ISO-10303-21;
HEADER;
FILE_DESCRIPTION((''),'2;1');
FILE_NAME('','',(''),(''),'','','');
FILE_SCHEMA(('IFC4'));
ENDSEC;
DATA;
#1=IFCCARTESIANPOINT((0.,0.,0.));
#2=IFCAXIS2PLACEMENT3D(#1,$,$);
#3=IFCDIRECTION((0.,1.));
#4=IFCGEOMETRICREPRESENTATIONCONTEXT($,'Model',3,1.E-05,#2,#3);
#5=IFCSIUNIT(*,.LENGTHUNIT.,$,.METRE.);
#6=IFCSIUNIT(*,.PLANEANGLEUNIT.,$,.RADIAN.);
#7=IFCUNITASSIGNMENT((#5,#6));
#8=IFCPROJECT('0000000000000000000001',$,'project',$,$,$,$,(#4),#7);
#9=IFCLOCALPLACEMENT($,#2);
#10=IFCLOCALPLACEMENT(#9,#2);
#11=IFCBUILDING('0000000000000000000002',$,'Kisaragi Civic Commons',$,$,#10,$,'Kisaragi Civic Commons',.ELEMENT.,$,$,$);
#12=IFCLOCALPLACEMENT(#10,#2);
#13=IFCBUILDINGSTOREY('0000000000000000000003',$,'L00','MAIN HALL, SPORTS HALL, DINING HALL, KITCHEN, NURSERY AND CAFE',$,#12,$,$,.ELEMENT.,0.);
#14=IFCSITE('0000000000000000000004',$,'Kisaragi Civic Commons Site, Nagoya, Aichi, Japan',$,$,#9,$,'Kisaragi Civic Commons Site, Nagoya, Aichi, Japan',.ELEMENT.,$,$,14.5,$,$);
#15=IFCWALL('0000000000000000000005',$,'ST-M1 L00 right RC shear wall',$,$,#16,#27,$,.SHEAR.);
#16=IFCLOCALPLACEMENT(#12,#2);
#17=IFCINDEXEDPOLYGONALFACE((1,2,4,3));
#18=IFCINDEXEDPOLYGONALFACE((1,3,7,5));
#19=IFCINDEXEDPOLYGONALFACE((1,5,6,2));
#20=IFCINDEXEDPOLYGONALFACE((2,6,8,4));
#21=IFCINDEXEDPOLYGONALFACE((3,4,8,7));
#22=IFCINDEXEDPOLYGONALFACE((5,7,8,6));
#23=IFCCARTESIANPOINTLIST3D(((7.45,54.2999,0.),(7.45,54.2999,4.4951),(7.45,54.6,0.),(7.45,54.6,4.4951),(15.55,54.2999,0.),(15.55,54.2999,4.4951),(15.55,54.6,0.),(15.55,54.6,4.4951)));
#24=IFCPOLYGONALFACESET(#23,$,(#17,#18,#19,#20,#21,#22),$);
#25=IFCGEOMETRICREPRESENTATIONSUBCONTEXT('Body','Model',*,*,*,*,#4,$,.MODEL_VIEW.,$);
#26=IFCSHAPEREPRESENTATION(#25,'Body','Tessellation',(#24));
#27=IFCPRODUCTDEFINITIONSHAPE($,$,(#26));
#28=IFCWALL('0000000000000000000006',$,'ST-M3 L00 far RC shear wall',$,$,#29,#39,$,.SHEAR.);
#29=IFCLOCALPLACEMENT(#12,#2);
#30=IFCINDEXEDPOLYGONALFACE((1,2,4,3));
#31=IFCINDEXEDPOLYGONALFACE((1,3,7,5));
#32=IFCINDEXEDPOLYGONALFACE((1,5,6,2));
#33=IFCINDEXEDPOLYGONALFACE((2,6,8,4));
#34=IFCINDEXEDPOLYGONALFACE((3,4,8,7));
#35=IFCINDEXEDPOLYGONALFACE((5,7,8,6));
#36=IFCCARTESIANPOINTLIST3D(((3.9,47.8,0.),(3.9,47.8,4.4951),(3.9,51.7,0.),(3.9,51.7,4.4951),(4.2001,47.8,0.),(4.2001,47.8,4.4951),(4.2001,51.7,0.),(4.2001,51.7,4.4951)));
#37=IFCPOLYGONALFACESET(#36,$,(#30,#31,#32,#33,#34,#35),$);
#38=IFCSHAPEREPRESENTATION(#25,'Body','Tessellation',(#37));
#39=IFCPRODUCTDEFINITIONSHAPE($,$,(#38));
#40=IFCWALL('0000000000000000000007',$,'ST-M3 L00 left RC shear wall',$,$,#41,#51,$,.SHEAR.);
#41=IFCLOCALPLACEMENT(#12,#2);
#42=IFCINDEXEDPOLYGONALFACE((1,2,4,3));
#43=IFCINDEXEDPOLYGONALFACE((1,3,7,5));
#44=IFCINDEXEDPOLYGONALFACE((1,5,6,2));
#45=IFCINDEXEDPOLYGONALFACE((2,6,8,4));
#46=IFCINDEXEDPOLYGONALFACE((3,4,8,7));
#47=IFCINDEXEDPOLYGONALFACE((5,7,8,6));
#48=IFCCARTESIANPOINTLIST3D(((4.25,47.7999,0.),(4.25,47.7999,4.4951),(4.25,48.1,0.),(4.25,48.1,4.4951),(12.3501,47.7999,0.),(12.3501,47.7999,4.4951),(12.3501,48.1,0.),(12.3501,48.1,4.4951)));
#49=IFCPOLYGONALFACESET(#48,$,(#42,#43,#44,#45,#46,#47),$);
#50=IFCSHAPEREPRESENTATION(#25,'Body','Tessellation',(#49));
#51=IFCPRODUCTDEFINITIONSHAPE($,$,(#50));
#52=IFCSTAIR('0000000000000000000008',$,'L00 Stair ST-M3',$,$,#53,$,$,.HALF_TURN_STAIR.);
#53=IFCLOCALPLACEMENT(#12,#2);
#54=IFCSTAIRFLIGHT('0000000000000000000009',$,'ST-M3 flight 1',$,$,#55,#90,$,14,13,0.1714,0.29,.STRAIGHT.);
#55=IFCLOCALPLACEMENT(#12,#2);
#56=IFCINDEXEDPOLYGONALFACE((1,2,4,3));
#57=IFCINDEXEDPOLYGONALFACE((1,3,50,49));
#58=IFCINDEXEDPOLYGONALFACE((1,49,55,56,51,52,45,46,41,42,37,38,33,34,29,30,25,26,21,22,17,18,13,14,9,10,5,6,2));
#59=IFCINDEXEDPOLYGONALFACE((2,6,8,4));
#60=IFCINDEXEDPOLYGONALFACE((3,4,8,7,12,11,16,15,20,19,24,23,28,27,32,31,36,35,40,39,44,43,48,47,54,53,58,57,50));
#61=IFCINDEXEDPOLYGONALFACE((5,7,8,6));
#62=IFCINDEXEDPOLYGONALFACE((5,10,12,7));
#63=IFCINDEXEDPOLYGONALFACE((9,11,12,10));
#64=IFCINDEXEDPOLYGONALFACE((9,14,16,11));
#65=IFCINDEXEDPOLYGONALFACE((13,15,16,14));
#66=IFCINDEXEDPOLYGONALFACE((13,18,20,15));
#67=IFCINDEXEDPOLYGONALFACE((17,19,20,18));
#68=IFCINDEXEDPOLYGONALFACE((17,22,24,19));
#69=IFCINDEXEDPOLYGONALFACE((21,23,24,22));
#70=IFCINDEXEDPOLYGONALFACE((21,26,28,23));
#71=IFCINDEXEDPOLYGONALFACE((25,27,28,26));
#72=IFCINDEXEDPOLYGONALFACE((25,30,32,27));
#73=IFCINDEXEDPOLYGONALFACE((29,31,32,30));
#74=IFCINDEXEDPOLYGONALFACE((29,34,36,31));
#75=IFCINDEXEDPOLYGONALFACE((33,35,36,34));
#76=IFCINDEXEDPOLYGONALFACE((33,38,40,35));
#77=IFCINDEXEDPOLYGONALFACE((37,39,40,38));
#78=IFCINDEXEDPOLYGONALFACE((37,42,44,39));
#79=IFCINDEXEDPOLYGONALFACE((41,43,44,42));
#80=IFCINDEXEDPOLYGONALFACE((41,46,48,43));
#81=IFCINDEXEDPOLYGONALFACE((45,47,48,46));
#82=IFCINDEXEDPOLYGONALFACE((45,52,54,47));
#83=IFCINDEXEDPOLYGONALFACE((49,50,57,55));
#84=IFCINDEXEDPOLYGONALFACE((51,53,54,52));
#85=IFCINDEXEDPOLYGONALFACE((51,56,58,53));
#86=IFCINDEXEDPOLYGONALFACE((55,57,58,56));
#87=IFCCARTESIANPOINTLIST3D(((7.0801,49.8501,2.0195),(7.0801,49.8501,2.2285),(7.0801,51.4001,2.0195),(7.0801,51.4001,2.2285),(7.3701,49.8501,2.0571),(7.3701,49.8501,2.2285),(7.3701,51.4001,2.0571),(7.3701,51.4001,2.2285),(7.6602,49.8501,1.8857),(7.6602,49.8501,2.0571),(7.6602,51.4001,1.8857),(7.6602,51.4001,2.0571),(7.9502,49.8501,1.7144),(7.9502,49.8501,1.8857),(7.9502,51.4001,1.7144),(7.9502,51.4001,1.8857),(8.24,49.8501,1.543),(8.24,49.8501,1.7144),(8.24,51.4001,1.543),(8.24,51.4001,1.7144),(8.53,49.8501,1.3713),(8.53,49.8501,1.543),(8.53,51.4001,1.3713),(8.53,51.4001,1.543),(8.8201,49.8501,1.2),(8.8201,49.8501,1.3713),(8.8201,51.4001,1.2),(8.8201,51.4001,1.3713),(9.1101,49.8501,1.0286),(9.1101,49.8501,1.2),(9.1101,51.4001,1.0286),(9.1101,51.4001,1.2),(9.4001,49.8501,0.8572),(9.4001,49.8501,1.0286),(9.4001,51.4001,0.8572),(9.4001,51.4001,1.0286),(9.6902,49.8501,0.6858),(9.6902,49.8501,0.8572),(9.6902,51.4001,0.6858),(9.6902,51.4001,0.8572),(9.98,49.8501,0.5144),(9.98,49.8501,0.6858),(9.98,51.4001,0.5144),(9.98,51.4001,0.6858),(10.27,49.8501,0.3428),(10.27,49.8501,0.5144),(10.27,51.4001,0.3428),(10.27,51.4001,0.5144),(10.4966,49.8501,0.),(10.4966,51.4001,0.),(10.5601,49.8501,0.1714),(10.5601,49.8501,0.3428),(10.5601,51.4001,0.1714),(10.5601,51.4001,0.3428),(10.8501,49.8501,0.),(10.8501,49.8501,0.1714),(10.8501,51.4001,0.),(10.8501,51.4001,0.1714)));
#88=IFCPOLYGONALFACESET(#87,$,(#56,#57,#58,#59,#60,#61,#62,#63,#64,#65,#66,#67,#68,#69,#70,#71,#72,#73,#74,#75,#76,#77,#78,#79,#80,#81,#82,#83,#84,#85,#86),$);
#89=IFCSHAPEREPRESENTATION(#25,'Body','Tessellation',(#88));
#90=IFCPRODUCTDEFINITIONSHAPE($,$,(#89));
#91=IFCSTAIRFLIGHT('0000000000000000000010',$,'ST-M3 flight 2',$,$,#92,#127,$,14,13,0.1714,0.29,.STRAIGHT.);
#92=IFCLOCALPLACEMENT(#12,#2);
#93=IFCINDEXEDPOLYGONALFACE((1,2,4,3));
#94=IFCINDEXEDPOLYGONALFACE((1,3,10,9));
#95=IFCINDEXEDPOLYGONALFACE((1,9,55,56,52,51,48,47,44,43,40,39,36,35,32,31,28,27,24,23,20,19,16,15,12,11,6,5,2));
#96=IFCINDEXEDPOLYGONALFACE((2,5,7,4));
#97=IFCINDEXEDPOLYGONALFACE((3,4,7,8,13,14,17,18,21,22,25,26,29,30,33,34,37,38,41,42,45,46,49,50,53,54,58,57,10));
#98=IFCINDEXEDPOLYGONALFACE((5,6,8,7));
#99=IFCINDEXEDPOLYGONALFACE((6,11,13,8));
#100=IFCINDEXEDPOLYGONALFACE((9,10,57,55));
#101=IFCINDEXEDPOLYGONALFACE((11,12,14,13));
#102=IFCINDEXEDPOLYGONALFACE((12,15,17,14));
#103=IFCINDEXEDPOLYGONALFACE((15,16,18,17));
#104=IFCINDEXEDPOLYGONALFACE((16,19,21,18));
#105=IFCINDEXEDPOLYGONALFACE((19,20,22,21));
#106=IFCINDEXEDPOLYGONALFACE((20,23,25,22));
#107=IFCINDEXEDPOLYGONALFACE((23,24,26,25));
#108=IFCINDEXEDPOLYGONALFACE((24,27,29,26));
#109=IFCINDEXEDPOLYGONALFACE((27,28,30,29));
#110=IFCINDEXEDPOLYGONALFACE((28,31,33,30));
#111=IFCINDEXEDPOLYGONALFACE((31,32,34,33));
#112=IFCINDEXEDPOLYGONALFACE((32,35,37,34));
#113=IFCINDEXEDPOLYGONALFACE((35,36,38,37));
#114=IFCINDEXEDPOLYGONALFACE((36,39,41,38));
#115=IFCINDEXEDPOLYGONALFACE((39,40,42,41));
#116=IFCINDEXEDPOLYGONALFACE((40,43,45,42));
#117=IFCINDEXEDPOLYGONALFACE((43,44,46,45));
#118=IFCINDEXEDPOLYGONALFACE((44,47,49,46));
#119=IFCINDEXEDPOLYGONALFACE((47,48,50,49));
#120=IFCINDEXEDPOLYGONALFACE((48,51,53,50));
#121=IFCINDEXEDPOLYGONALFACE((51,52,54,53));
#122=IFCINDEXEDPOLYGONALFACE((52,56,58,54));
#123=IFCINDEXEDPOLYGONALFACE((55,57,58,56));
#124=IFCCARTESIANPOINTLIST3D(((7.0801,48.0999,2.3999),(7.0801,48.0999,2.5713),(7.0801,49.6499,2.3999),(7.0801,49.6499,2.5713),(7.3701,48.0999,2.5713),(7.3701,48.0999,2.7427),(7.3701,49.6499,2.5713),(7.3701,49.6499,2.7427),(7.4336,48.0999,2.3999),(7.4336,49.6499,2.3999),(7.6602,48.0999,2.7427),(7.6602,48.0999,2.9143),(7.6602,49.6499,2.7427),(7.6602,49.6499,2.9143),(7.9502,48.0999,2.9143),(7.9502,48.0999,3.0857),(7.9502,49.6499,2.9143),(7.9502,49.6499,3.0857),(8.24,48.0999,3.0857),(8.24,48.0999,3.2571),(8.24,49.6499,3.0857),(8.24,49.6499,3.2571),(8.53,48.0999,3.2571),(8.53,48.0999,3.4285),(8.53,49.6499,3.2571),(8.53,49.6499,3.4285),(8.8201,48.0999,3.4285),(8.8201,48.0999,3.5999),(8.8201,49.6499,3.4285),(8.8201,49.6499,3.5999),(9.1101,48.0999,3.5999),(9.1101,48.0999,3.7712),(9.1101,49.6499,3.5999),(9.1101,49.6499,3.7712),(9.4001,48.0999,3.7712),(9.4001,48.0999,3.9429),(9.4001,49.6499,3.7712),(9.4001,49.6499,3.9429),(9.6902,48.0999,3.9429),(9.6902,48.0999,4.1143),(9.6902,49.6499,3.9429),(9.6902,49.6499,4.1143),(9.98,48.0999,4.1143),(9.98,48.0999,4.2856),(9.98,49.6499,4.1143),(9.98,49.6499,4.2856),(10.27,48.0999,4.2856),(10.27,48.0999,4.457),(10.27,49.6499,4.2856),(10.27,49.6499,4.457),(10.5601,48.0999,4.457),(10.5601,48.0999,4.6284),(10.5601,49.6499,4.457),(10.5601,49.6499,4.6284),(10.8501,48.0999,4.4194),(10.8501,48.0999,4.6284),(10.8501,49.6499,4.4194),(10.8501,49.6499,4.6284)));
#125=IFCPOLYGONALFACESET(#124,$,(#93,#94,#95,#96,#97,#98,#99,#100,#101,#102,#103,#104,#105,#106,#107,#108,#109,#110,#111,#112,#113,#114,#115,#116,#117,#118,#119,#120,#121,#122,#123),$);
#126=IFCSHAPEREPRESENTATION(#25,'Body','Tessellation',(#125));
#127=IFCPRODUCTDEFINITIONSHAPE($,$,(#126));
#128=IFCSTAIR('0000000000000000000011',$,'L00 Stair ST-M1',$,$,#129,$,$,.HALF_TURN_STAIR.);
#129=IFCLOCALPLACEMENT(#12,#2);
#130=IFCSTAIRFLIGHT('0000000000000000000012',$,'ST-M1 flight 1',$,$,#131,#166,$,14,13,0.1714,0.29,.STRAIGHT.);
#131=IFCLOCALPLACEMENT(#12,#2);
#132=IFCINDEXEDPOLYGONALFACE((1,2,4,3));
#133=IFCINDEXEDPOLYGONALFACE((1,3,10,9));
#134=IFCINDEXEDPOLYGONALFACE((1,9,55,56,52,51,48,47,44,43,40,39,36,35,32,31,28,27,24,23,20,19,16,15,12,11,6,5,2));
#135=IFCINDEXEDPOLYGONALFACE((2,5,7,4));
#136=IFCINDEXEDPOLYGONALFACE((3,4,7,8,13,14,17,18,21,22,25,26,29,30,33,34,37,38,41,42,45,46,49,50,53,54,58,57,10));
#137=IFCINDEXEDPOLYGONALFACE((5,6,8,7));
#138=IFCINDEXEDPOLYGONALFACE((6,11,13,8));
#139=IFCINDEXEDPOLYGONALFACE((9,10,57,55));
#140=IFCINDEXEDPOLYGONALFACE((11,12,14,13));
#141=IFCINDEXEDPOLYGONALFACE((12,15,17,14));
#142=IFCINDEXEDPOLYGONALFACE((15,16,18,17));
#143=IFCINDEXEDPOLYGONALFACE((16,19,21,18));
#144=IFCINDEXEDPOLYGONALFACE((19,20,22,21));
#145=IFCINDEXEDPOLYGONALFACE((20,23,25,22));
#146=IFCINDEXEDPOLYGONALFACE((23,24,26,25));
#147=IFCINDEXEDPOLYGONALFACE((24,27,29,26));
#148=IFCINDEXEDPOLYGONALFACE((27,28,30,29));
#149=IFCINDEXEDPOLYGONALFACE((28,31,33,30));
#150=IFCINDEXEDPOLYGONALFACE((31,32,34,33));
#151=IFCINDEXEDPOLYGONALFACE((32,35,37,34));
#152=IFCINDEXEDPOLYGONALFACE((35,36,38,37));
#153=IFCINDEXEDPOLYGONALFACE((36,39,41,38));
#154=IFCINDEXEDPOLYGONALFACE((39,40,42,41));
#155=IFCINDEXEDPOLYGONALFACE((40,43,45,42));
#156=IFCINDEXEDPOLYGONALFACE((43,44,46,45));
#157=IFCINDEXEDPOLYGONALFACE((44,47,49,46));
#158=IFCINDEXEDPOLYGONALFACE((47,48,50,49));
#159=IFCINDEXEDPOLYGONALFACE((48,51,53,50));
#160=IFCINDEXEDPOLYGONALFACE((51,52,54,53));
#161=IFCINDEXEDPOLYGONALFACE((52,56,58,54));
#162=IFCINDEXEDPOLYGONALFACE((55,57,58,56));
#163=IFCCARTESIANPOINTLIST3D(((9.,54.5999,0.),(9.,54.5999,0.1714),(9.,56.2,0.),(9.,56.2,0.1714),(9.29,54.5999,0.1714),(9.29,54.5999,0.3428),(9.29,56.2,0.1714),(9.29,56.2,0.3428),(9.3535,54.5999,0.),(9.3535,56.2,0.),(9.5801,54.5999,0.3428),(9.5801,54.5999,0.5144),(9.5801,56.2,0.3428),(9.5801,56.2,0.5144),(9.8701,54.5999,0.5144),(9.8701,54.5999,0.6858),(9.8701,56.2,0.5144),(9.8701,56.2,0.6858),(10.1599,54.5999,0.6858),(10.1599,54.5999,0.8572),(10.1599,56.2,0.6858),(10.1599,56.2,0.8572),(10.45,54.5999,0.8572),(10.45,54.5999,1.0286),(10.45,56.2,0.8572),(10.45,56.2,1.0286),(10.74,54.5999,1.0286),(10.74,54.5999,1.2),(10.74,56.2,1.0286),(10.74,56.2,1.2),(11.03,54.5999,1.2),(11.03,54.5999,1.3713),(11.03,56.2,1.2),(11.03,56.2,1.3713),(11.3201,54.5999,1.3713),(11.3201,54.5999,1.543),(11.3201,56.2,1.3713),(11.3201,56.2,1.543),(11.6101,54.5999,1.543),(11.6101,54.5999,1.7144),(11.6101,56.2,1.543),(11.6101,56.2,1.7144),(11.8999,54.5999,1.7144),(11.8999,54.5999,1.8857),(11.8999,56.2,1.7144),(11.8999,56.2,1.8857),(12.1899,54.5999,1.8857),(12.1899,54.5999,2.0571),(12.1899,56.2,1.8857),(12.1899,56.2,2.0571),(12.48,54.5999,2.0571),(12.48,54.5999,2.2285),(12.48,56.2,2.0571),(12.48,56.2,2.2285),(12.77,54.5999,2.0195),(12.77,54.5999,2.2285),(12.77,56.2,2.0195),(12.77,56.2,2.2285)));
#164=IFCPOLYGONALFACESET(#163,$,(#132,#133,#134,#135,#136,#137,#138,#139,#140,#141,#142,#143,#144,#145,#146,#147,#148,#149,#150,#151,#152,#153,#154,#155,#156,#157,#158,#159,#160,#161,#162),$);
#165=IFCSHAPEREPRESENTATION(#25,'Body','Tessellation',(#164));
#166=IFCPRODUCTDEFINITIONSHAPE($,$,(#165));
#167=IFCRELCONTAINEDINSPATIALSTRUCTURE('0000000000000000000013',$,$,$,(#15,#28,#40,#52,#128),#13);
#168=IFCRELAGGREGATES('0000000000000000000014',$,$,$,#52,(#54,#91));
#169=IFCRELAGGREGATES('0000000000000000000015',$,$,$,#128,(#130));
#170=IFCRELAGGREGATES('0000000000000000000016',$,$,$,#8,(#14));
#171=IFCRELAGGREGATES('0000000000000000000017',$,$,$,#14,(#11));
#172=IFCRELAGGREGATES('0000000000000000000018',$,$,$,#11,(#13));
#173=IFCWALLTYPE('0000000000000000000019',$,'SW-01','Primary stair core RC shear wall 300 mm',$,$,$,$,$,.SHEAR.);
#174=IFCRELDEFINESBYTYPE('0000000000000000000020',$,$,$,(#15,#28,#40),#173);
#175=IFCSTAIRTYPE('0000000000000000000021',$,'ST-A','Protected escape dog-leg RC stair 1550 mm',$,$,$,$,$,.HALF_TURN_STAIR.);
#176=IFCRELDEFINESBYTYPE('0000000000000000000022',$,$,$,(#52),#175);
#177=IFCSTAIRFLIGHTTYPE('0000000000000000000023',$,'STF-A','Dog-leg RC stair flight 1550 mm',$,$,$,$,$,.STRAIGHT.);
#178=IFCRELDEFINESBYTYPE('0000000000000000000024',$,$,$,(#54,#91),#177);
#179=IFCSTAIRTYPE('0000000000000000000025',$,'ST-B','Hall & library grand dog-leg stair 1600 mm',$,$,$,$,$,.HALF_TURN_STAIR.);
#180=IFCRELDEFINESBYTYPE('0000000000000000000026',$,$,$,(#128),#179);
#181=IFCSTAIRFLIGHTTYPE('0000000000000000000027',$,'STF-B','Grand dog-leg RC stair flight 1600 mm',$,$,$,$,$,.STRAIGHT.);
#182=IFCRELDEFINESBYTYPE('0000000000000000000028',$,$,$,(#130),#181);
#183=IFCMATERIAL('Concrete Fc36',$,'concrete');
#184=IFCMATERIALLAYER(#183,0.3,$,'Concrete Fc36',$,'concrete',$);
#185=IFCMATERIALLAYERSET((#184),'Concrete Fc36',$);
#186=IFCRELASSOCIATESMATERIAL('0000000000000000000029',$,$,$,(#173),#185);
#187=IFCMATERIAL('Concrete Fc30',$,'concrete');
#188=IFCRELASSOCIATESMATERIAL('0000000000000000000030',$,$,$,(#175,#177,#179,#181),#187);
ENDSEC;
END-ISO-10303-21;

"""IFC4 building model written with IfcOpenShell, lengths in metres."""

from ifc_helpers import new_model, si_unit, direction, frame, frame_2d, origin, place, context, subcontext, project, spatial, polyline, rectangle, outline, extrude, material, layer, layer_set, type_object, element, aggregate, save


model = new_model("IFC4")

# Units and contexts
model_context = context("Model", 3, precision=1e-05, world=origin(), true_north=direction((0.0, 1.0)))
body_context = subcontext(model_context, "Body", "Model", "MODEL_VIEW")
ifc_project = project(units=[si_unit("LENGTHUNIT", "METRE"), si_unit("PLANEANGLEUNIT", "RADIAN")], contexts=[model_context])

# Site, building, storey
site_placement = place(None, origin())
site = spatial("IfcSite", under=ifc_project, at=site_placement, Name="Kisaragi Civic Commons Site, Nagoya, Aichi, Japan", LongName="Kisaragi Civic Commons Site, Nagoya, Aichi, Japan", CompositionType="ELEMENT", RefElevation=14.5)
building_placement = place(site_placement, origin())
building = spatial("IfcBuilding", under=site, at=building_placement, Name="Kisaragi Civic Commons", LongName="Kisaragi Civic Commons", CompositionType="ELEMENT")
storey_placement = place(building_placement, origin())
storey = spatial("IfcBuildingStorey", under=building, at=storey_placement, Name="L00", Description="MAIN HALL, SPORTS HALL, DINING HALL, KITCHEN, NURSERY AND CAFE", CompositionType="ELEMENT", Elevation=0.0)

# Shared definitions
ifc_material_1 = material(Name="Concrete Fc36", Category="concrete")
ifc_material_2 = material(Name="Concrete Fc30", Category="concrete")

# Shared definitions
ifc_layer_1 = layer(ifc_material_1, 0.3, Name="Concrete Fc36", Category="concrete")
ifc_layer_set_1 = layer_set([ifc_layer_1], Name="Concrete Fc36")
wall_type_1 = type_object("IfcWallType", Name="SW-01", Description="Primary stair core RC shear wall 300 mm", PredefinedType="SHEAR", material=ifc_layer_set_1)

# Walls
wall_1_placement = place(storey_placement, frame((7.45, 54.45, 0.0), z_axis=(0.0, 0.0, 1.0), x_axis=(1.0, 0.0, 0.0)))
element("IfcWall", 1, at=wall_1_placement, inside=storey, type_object=wall_type_1, Name="ST-M1 L00 right RC shear wall", PredefinedType="SHEAR", context=body_context, shape_type="SweptSolid", body=[
    extrude(rectangle(XDim=8.1001, YDim=0.3, at=frame_2d((4.05, 0.0))), origin(), (0.0, 0.0, 1.0), 4.4951),
])
wall_2_placement = place(storey_placement, frame((4.05, 51.7, 0.0), z_axis=(0.0, 0.0, 1.0), x_axis=(0.0, -1.0, 0.0)))
element("IfcWall", 2, at=wall_2_placement, inside=storey, type_object=wall_type_1, Name="ST-M3 L00 far RC shear wall", PredefinedType="SHEAR", context=body_context, shape_type="SweptSolid", body=[
    extrude(rectangle(XDim=3.8999, YDim=0.3, at=frame_2d((1.95, 0.0))), origin(), (0.0, 0.0, 1.0), 4.4951),
])
wall_3_placement = place(storey_placement, frame((4.25, 47.95, 0.0), z_axis=(0.0, 0.0, 1.0), x_axis=(1.0, 0.0, 0.0)))
element("IfcWall", 3, at=wall_3_placement, inside=storey, type_object=wall_type_1, Name="ST-M3 L00 left RC shear wall", PredefinedType="SHEAR", context=body_context, shape_type="SweptSolid", body=[
    extrude(rectangle(XDim=8.1001, YDim=0.3, at=frame_2d((4.05, 0.0))), origin(), (0.0, 0.0, 1.0), 4.4951),
])

# Stair, stair flights
stair_type_1 = type_object("IfcStairType", Name="ST-A", Description="Protected escape dog-leg RC stair 1550 mm", PredefinedType="HALF_TURN_STAIR", material=ifc_material_2)
stair_1_placement = place(storey_placement, origin())
stair_1 = element("IfcStair", 4, at=stair_1_placement, inside=storey, type_object=stair_type_1, Name="L00 Stair ST-M3", PredefinedType="HALF_TURN_STAIR")
stair_flight_type_1 = type_object("IfcStairFlightType", Name="STF-A", Description="Dog-leg RC stair flight 1550 mm", PredefinedType="STRAIGHT", material=ifc_material_2)
stair_flight_1_placement = place(storey_placement, frame((10.8501, 50.625, 0.0), z_axis=(0.0, 0.0, 1.0), x_axis=(-1.0, 0.0, 0.0)))
stair_flight_1 = element("IfcStairFlight", 5, at=stair_flight_1_placement, type_object=stair_flight_type_1, Name="ST-M3 flight 1", NumberOfRisers=14, NumberOfTreads=13, PredefinedType="STRAIGHT", RiserHeight=0.1714, TreadLength=0.29, context=body_context, shape_type="SweptSolid", body=[
    extrude(outline(polyline([(0.0, 0.0), (0.0, 0.1714), (0.29, 0.1714), (0.29, 0.3428), (0.5801, 0.3428), (0.5801, 0.5144), (0.8701, 0.5144), (0.8701, 0.6858), (1.1599, 0.6858), (1.1599, 0.8572), (1.45, 0.8572), (1.45, 1.0286), (1.74, 1.0286), (1.74, 1.2), (2.03, 1.2), (2.03, 1.3713), (2.3201, 1.3713), (2.3201, 1.543), (2.6101, 1.543), (2.6101, 1.7144), (2.8999, 1.7144), (2.8999, 1.8857), (3.1899, 1.8857), (3.1899, 2.0571), (3.48, 2.0571), (3.48, 2.2285), (3.77, 2.2285), (3.77, 2.3999), (3.77, 2.0195), (0.3535, 0.0), (0.0, 0.0)])), frame((0.0, 0.7749, 0.0), z_axis=(0.0, -1.0, 0.0), x_axis=(1.0, 0.0, 0.0)), (0.0, 0.0, 1.0), 1.55),
])
stair_flight_2_placement = place(storey_placement, frame((7.0801, 48.875, 2.3999), z_axis=(0.0, 0.0, 1.0), x_axis=(1.0, 0.0, 0.0)))
stair_flight_2 = element("IfcStairFlight", 6, at=stair_flight_2_placement, type_object=stair_flight_type_1, Name="ST-M3 flight 2", NumberOfRisers=14, NumberOfTreads=13, PredefinedType="STRAIGHT", RiserHeight=0.1714, TreadLength=0.29, context=body_context, shape_type="SweptSolid", body=[
    extrude(outline(polyline([(0.0, 0.0), (0.0, 0.1714), (0.29, 0.1714), (0.29, 0.3428), (0.5801, 0.3428), (0.5801, 0.5144), (0.8701, 0.5144), (0.8701, 0.6858), (1.1599, 0.6858), (1.1599, 0.8572), (1.45, 0.8572), (1.45, 1.0286), (1.74, 1.0286), (1.74, 1.2), (2.03, 1.2), (2.03, 1.3713), (2.3201, 1.3713), (2.3201, 1.543), (2.6101, 1.543), (2.6101, 1.7144), (2.8999, 1.7144), (2.8999, 1.8857), (3.1899, 1.8857), (3.1899, 2.0571), (3.48, 2.0571), (3.48, 2.2285), (3.77, 2.2285), (3.77, 2.3999), (3.77, 2.0195), (0.3535, 0.0), (0.0, 0.0)])), frame((0.0, 0.7749, 0.0), z_axis=(0.0, -1.0, 0.0), x_axis=(1.0, 0.0, 0.0)), (0.0, 0.0, 1.0), 1.55),
])
aggregate(stair_1, [stair_flight_1, stair_flight_2])

# Stair, stair flight
stair_type_2 = type_object("IfcStairType", Name="ST-B", Description="Hall & library grand dog-leg stair 1600 mm", PredefinedType="HALF_TURN_STAIR", material=ifc_material_2)
stair_2_placement = place(storey_placement, origin())
stair_2 = element("IfcStair", 7, at=stair_2_placement, inside=storey, type_object=stair_type_2, Name="L00 Stair ST-M1", PredefinedType="HALF_TURN_STAIR")
stair_flight_type_2 = type_object("IfcStairFlightType", Name="STF-B", Description="Grand dog-leg RC stair flight 1600 mm", PredefinedType="STRAIGHT", material=ifc_material_2)
stair_flight_3_placement = place(storey_placement, frame((9.0, 55.3999, 0.0), z_axis=(0.0, 0.0, 1.0), x_axis=(1.0, 0.0, 0.0)))
stair_flight_3 = element("IfcStairFlight", 8, at=stair_flight_3_placement, type_object=stair_flight_type_2, Name="ST-M1 flight 1", NumberOfRisers=14, NumberOfTreads=13, PredefinedType="STRAIGHT", RiserHeight=0.1714, TreadLength=0.29, context=body_context, shape_type="SweptSolid", body=[
    extrude(outline(polyline([(0.0, 0.0), (0.0, 0.1714), (0.29, 0.1714), (0.29, 0.3428), (0.5801, 0.3428), (0.5801, 0.5144), (0.8701, 0.5144), (0.8701, 0.6858), (1.1599, 0.6858), (1.1599, 0.8572), (1.45, 0.8572), (1.45, 1.0286), (1.74, 1.0286), (1.74, 1.2), (2.03, 1.2), (2.03, 1.3713), (2.3201, 1.3713), (2.3201, 1.543), (2.6101, 1.543), (2.6101, 1.7144), (2.8999, 1.7144), (2.8999, 1.8857), (3.1899, 1.8857), (3.1899, 2.0571), (3.48, 2.0571), (3.48, 2.2285), (3.77, 2.2285), (3.77, 2.3999), (3.77, 2.0195), (0.3535, 0.0), (0.0, 0.0)])), frame((0.0, 0.8, 0.0), z_axis=(0.0, -1.0, 0.0), x_axis=(1.0, 0.0, 0.0)), (0.0, 0.0, 1.0), 1.6001),
])
aggregate(stair_2, [stair_flight_3])

save(model, "model.ifc")
